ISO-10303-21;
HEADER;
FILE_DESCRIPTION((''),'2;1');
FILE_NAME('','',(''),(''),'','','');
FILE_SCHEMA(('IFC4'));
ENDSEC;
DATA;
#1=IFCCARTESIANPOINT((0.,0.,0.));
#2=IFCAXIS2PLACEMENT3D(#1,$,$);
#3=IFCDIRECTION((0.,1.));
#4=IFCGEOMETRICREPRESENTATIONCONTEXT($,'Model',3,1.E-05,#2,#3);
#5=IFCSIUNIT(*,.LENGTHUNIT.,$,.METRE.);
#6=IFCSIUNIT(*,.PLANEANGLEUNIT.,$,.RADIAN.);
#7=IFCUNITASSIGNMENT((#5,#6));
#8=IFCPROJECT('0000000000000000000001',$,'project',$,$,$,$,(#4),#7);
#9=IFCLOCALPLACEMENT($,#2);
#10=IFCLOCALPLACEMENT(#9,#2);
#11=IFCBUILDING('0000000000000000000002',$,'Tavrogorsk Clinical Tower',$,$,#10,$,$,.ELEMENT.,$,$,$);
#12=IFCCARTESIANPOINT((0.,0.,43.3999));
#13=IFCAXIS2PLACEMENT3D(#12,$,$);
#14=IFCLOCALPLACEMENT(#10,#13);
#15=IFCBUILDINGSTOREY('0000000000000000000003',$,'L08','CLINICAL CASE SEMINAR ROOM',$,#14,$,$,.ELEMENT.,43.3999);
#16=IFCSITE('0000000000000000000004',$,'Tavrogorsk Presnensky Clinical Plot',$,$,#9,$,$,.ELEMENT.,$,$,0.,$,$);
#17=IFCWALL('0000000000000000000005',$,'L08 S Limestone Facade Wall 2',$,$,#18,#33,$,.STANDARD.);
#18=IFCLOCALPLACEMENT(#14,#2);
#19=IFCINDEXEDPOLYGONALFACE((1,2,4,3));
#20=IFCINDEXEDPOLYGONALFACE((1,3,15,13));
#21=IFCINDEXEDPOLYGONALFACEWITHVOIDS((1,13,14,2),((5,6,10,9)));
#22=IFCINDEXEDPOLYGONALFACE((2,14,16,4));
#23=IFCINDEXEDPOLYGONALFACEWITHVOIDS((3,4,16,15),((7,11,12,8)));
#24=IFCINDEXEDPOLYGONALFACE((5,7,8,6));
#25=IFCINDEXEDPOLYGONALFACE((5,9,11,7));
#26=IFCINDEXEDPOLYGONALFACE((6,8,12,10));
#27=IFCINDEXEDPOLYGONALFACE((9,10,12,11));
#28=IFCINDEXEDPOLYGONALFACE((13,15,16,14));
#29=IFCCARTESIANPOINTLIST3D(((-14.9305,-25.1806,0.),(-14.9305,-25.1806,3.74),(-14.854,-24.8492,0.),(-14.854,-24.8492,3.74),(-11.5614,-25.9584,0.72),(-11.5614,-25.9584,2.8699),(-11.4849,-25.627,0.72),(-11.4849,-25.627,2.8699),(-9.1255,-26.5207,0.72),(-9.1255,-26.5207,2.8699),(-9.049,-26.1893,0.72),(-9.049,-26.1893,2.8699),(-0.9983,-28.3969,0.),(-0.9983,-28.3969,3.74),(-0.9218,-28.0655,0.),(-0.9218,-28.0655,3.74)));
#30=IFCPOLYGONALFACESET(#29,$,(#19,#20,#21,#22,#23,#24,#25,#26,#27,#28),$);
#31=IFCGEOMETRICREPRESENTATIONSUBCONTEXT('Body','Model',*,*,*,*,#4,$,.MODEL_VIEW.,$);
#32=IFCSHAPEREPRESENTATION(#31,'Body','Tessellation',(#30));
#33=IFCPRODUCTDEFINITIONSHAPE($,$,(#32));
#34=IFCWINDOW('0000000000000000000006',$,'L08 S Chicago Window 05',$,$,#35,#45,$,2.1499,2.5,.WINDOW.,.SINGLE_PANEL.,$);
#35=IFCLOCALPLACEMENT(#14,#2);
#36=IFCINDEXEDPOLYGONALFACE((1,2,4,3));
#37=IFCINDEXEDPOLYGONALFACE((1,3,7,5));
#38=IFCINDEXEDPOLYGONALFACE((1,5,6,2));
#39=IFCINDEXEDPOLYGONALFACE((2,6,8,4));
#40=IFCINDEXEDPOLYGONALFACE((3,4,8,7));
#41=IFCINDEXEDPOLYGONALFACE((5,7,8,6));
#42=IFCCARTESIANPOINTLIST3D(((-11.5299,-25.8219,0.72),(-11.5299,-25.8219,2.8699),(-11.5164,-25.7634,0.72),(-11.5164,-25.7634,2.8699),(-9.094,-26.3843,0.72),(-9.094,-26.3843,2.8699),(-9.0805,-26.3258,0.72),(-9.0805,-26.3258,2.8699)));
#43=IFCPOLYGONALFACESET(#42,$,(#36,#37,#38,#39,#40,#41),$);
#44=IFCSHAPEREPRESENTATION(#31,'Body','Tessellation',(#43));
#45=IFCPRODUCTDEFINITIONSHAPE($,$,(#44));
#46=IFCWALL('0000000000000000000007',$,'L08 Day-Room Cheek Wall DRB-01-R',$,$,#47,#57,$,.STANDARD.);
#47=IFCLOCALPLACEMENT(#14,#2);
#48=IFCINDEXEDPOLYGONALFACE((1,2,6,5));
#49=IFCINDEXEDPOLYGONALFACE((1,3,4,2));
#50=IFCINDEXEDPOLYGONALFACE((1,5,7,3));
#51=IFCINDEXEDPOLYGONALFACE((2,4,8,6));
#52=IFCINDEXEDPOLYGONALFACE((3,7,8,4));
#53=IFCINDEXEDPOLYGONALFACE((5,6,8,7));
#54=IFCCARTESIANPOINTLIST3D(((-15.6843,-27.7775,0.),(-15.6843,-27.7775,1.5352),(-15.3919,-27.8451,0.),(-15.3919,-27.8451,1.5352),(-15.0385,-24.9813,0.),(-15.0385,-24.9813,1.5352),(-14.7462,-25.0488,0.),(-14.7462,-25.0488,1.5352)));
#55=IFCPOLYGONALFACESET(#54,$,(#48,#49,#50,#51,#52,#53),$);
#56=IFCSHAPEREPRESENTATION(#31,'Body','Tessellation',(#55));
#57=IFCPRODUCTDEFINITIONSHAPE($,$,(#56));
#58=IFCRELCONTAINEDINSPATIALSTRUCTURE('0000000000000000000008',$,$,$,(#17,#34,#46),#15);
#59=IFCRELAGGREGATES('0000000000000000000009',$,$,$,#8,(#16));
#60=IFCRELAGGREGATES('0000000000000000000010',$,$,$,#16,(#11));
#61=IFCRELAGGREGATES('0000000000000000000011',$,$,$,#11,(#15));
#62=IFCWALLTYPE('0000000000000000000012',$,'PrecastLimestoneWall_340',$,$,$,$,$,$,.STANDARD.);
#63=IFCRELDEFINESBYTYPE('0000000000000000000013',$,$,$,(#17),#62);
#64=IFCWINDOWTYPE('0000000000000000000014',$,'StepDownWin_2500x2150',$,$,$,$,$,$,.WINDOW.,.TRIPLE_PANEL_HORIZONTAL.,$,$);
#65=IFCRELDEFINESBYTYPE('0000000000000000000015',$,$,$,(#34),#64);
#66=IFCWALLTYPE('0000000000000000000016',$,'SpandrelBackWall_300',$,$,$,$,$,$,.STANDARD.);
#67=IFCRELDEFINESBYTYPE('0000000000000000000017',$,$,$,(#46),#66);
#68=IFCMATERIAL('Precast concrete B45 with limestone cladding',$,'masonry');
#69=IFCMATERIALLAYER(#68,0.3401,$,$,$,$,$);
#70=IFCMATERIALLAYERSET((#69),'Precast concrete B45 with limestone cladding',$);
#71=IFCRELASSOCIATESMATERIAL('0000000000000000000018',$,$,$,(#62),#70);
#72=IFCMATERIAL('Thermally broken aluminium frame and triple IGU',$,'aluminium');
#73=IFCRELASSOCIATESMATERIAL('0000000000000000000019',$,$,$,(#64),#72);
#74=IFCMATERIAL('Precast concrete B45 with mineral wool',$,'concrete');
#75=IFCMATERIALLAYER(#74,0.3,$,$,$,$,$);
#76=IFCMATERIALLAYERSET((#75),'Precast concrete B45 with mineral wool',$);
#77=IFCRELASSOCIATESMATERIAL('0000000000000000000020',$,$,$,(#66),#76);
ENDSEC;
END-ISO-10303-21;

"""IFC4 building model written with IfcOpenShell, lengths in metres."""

from ifc_helpers import new_model, si_unit, direction, frame, frame_2d, origin, place, context, subcontext, project, spatial, rectangle, extrude, material, layer, layer_set, type_object, element, fill, save


model = new_model("IFC4")

# Units and contexts
model_context = context("Model", 3, precision=1e-05, world=origin(), true_north=direction((0.0, 1.0)))
body_context = subcontext(model_context, "Body", "Model", "MODEL_VIEW")
ifc_project = project(units=[si_unit("LENGTHUNIT", "METRE"), si_unit("PLANEANGLEUNIT", "RADIAN")], contexts=[model_context])

# Site, building, storey
site_placement = place(None, origin())
site = spatial("IfcSite", under=ifc_project, at=site_placement, Name="Tavrogorsk Presnensky Clinical Plot", CompositionType="ELEMENT", RefElevation=0.0)
building_placement = place(site_placement, origin())
building = spatial("IfcBuilding", under=site, at=building_placement, Name="Tavrogorsk Clinical Tower", CompositionType="ELEMENT")
storey_placement = place(building_placement, frame((0.0, 0.0, 43.3999)))
storey = spatial("IfcBuildingStorey", under=building, at=storey_placement, Name="L08", Description="CLINICAL CASE SEMINAR ROOM", CompositionType="ELEMENT", Elevation=43.3999)

# Wall, opening, window
ifc_material_1 = material(Name="Precast concrete B45 with limestone cladding", Category="masonry")
ifc_layer_1 = layer(ifc_material_1, 0.3401)
ifc_layer_set_1 = layer_set([ifc_layer_1], Name="Precast concrete B45 with limestone cladding")
wall_type_1 = type_object("IfcWallType", Name="PrecastLimestoneWall_340", PredefinedType="STANDARD", material=ifc_layer_set_1)
wall_1_placement = place(storey_placement, frame((-14.8923, -25.0149, 0.0), z_axis=(0.0, 0.0, 1.0), x_axis=(0.974373, -0.224939, 0.0)))
wall_1 = element("IfcWall", 1, at=wall_1_placement, inside=storey, type_object=wall_type_1, Name="L08 S Limestone Facade Wall 2", PredefinedType="STANDARD", context=body_context, shape_type="SweptSolid", body=[
    extrude(rectangle(XDim=14.2986, YDim=0.3401, at=frame_2d((7.1494, 0.0))), origin(), (0.0, 0.0, 1.0), 3.74),
])
opening_1_placement = place(wall_1_placement, frame((3.4578, 0.0, 0.72)))
opening_1 = element("IfcOpeningElement", 2, at=opening_1_placement, cuts=wall_1, PredefinedType="OPENING", context=body_context, shape_type="SweptSolid", body=[
    extrude(rectangle(XDim=2.5, YDim=2.1499, at=frame_2d((1.25, 1.075))), frame((0.0, 0.1799, 0.0), z_axis=(0.0, -1.0, 0.0), x_axis=(1.0, 0.0, 0.0)), (0.0, 0.0, 1.0), 0.3601),
])
ifc_material_2 = material(Name="Thermally broken aluminium frame and triple IGU", Category="aluminium")
window_type = type_object("IfcWindowType", Name="StepDownWin_2500x2150", PartitioningType="TRIPLE_PANEL_HORIZONTAL", PredefinedType="WINDOW", material=ifc_material_2)
window_placement = place(opening_1_placement, origin())
window = element("IfcWindow", 3, at=window_placement, inside=storey, type_object=window_type, Name="L08 S Chicago Window 05", OverallHeight=2.1499, OverallWidth=2.5, PartitioningType="SINGLE_PANEL", PredefinedType="WINDOW", context=body_context, shape_type="SweptSolid", body=[
    extrude(rectangle(XDim=2.5, YDim=2.1499, at=frame_2d((1.25, 1.075))), frame((0.0, 0.03, 0.0), z_axis=(0.0, -1.0, 0.0), x_axis=(1.0, 0.0, 0.0)), (0.0, 0.0, 1.0), 0.0601),
])
fill(opening_1, window)

# Wall
ifc_material_3 = material(Name="Precast concrete B45 with mineral wool", Category="concrete")
ifc_layer_2 = layer(ifc_material_3, 0.3)
ifc_layer_set_2 = layer_set([ifc_layer_2], Name="Precast concrete B45 with mineral wool")
wall_type_2 = type_object("IfcWallType", Name="SpandrelBackWall_300", PredefinedType="STANDARD", material=ifc_layer_set_2)
wall_2_placement = place(storey_placement, frame((-14.8923, -25.0149, 0.0), z_axis=(0.0, 0.0, 1.0), x_axis=(-0.225002, -0.974358, 0.0)))
element("IfcWall", 4, at=wall_2_placement, inside=storey, type_object=wall_type_2, Name="L08 Day-Room Cheek Wall DRB-01-R", PredefinedType="STANDARD", context=body_context, shape_type="SweptSolid", body=[
    extrude(rectangle(XDim=2.8699, YDim=0.3, at=frame_2d((1.4351, 0.0))), origin(), (0.0, 0.0, 1.0), 1.5352),
])

save(model, "model.ifc")
